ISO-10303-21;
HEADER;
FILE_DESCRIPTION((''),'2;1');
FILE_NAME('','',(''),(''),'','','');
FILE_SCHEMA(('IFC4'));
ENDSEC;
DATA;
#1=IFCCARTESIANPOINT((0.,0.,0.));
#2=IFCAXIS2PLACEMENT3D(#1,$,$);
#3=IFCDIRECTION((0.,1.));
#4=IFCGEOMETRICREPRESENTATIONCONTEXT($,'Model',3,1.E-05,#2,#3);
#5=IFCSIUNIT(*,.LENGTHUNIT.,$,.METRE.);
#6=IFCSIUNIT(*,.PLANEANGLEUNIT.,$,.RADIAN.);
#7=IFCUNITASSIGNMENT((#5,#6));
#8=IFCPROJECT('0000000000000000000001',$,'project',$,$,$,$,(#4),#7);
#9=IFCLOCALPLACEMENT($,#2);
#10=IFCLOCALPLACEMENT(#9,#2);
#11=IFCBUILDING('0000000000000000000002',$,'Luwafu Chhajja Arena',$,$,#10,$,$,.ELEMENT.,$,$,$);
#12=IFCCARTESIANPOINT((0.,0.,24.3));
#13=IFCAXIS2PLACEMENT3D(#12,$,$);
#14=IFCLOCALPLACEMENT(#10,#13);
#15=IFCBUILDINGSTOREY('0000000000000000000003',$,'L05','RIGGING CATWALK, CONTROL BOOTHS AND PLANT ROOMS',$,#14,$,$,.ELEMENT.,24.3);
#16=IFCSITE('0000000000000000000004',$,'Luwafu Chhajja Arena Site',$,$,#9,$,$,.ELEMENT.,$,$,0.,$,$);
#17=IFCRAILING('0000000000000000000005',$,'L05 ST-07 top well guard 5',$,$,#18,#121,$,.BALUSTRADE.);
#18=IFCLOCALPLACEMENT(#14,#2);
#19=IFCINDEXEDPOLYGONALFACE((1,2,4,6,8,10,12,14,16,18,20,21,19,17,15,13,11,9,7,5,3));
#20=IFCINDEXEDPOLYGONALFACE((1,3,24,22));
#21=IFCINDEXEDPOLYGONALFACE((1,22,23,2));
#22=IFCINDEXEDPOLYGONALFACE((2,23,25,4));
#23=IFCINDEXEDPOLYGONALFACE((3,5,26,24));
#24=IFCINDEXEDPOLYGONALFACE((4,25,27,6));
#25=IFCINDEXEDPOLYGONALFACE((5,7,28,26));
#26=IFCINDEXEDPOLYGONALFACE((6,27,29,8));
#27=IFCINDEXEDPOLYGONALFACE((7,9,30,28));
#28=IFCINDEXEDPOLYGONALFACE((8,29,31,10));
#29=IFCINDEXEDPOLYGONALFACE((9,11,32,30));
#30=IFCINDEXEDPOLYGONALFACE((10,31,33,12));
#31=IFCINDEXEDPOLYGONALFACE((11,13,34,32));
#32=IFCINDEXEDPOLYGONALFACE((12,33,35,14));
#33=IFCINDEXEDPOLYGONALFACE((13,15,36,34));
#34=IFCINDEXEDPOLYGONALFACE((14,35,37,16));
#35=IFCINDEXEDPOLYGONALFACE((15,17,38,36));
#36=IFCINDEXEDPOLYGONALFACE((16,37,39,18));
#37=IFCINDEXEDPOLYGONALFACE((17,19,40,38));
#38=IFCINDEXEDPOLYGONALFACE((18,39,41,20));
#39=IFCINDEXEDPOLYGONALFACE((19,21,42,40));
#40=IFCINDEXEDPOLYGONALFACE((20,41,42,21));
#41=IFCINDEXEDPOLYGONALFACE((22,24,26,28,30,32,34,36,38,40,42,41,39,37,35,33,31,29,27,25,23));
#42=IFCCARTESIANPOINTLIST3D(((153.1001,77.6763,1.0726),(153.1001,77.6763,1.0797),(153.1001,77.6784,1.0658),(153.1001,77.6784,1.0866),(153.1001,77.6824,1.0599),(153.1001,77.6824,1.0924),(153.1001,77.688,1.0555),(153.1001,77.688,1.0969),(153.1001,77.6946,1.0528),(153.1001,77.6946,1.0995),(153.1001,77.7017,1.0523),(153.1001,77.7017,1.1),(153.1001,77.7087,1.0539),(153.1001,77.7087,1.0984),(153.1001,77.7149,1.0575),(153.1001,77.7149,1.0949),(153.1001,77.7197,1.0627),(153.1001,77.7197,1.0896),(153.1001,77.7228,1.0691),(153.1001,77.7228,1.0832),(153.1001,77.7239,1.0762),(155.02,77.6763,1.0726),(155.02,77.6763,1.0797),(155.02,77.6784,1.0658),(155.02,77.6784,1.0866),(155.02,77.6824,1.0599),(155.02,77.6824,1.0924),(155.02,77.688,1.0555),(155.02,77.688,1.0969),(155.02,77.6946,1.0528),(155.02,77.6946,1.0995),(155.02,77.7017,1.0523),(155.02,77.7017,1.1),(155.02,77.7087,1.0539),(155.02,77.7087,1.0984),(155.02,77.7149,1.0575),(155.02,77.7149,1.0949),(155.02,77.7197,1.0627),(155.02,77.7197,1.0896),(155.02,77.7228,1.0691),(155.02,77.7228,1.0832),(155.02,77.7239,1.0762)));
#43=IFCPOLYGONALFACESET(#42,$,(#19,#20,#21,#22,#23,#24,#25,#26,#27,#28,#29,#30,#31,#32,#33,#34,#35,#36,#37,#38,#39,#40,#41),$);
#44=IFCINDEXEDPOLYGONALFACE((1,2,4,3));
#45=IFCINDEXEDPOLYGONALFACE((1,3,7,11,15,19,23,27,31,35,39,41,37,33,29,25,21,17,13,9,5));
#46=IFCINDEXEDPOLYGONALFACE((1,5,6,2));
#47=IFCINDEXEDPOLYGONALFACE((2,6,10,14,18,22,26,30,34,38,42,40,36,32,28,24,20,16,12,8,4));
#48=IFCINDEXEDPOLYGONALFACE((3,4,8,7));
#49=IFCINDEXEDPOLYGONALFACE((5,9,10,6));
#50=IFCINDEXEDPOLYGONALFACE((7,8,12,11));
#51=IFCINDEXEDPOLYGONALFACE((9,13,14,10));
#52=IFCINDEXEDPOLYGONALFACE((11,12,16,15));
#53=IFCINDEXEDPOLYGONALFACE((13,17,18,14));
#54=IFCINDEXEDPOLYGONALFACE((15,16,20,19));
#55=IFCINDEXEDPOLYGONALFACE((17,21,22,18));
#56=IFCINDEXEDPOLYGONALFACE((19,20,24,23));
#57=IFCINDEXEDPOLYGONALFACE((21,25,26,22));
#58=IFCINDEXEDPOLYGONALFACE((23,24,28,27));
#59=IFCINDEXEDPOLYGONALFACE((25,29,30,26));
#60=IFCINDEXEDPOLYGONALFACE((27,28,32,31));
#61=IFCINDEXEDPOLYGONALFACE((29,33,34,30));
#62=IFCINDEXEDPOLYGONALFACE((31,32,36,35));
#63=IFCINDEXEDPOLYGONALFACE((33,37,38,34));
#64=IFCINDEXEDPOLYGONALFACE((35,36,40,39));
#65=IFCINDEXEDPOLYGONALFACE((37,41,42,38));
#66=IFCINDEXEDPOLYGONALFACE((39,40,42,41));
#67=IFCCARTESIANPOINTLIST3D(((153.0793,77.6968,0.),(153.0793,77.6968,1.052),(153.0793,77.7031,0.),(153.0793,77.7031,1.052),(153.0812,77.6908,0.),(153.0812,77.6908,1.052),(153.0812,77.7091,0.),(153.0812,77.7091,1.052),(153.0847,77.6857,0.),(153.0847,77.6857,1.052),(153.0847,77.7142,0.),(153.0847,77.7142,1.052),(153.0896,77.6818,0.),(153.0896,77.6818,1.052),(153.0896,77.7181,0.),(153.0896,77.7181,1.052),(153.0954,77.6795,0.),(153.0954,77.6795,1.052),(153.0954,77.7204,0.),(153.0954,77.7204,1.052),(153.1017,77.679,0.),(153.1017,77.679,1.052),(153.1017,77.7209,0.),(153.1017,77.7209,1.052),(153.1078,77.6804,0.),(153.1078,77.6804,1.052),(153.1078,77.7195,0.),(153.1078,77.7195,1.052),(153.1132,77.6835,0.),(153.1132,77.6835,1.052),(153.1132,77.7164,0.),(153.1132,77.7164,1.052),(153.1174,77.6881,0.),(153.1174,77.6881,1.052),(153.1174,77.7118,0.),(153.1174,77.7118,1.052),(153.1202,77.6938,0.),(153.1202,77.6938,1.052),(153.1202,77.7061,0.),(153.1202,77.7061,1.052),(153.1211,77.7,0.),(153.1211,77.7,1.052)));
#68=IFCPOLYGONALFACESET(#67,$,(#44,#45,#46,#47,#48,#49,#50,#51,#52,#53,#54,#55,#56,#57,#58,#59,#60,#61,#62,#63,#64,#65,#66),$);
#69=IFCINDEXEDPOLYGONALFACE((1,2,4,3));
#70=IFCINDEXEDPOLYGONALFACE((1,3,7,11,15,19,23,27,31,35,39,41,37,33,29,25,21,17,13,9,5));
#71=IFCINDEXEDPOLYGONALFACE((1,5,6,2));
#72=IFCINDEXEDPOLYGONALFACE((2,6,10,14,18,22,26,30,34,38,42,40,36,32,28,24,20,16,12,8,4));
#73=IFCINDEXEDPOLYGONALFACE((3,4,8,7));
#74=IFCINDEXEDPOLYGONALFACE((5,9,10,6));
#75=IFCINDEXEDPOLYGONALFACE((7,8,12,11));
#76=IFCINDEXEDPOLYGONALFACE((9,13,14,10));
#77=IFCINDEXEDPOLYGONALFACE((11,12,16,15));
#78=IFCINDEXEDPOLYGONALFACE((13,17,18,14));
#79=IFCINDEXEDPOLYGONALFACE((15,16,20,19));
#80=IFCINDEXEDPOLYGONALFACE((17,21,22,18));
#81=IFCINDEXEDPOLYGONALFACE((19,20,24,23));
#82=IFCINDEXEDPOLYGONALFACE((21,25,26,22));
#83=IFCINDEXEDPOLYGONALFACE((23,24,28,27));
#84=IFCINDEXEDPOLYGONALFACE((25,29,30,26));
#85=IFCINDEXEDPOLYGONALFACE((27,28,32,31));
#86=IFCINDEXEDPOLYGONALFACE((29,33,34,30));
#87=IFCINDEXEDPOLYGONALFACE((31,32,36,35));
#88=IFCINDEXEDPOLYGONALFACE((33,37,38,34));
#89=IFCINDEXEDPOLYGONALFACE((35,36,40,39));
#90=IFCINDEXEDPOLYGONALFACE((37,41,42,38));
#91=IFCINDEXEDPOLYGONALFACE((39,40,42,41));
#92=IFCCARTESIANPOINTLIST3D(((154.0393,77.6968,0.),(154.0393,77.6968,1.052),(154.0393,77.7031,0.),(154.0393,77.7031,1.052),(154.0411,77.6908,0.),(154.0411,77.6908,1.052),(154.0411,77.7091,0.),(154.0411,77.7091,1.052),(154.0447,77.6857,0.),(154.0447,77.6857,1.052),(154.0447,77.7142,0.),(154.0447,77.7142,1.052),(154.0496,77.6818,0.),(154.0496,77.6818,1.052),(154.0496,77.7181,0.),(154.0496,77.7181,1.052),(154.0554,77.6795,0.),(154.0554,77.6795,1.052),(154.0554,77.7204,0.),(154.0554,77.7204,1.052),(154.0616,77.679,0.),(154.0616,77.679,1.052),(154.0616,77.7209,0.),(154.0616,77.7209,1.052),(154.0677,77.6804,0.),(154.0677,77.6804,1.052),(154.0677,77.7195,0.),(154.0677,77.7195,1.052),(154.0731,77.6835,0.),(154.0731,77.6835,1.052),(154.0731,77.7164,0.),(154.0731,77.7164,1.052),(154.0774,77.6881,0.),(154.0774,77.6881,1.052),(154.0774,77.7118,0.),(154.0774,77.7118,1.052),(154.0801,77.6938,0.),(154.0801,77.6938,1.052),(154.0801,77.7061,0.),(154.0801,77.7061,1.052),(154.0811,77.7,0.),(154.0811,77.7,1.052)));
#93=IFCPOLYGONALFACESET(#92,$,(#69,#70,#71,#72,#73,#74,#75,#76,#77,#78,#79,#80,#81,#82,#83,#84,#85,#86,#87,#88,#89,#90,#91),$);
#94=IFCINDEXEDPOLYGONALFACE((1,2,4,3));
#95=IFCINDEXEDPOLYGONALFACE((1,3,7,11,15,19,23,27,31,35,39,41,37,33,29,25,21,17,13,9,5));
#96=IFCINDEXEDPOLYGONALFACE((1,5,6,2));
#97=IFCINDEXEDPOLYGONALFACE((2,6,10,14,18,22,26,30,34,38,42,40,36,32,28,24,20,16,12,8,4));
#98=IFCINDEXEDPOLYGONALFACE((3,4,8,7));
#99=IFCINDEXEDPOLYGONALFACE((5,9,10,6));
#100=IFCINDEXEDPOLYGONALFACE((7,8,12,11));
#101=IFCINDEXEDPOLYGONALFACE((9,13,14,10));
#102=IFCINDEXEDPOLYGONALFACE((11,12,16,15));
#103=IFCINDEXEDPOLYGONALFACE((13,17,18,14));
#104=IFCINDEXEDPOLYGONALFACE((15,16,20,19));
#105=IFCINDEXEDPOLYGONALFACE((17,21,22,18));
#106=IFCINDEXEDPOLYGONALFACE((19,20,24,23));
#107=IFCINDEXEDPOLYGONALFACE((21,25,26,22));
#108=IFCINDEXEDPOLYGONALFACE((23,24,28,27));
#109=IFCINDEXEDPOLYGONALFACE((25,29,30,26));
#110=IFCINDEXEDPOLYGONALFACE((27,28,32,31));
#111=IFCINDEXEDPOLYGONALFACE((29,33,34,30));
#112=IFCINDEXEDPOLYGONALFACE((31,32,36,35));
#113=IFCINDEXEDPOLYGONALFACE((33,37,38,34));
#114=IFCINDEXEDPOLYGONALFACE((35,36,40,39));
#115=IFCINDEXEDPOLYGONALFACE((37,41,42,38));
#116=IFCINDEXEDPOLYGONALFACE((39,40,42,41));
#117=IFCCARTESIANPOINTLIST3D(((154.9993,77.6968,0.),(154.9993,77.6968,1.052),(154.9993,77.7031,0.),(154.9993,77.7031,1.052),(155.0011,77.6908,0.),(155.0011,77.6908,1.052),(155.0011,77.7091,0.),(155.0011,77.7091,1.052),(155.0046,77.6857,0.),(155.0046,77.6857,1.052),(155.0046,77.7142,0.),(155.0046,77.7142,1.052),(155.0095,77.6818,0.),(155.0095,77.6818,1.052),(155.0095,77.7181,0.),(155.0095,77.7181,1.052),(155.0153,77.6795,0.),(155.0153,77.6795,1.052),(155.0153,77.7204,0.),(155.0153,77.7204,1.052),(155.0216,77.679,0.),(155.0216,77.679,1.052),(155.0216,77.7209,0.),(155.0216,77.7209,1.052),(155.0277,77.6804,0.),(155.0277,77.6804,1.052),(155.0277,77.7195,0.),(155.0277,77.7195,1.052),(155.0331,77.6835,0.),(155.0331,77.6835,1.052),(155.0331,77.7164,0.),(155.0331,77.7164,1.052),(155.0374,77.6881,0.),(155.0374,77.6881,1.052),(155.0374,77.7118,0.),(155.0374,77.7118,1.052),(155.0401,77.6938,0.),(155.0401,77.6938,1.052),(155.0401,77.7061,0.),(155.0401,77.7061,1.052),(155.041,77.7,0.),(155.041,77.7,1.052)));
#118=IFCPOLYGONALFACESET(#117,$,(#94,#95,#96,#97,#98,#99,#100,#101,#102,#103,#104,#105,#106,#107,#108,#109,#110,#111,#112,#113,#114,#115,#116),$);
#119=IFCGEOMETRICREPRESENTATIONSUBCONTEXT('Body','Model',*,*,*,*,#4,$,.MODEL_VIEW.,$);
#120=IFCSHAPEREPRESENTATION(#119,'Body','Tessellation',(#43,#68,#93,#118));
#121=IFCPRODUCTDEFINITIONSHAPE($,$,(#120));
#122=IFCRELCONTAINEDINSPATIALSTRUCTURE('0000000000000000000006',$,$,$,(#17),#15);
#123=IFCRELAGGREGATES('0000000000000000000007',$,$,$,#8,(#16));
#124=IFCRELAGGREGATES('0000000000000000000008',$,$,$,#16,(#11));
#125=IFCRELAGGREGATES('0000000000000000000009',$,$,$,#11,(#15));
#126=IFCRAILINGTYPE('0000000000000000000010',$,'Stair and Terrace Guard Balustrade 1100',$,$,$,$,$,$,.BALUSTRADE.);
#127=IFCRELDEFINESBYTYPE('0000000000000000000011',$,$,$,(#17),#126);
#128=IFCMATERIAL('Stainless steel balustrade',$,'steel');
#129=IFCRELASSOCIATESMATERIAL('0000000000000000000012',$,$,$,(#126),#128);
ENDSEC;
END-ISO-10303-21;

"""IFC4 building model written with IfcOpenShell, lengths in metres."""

from ifc_helpers import new_model, si_unit, direction, frame, origin, origin_2d, place, context, subcontext, project, spatial, circle, extrude, material, type_object, element, save


model = new_model("IFC4")

# Units and contexts
model_context = context("Model", 3, precision=1e-05, world=origin(), true_north=direction((0.0, 1.0)))
body_context = subcontext(model_context, "Body", "Model", "MODEL_VIEW")
ifc_project = project(units=[si_unit("LENGTHUNIT", "METRE"), si_unit("PLANEANGLEUNIT", "RADIAN")], contexts=[model_context])

# Site, building, storey
site_placement = place(None, origin())
site = spatial("IfcSite", under=ifc_project, at=site_placement, Name="Luwafu Chhajja Arena Site", CompositionType="ELEMENT", RefElevation=0.0)
building_placement = place(site_placement, origin())
building = spatial("IfcBuilding", under=site, at=building_placement, Name="Luwafu Chhajja Arena", CompositionType="ELEMENT")
storey_placement = place(building_placement, frame((0.0, 0.0, 24.3)))
storey = spatial("IfcBuildingStorey", under=building, at=storey_placement, Name="L05", Description="RIGGING CATWALK, CONTROL BOOTHS AND PLANT ROOMS", CompositionType="ELEMENT", Elevation=24.3)

# Railing
ifc_material_1 = material(Name="Stainless steel balustrade", Category="steel")
railing_type_1 = type_object("IfcRailingType", Name="Stair and Terrace Guard Balustrade 1100", PredefinedType="BALUSTRADE", material=ifc_material_1)
railing_1_placement = place(storey_placement, frame((153.1001, 77.7, 0.0)))
element("IfcRailing", 1, at=railing_1_placement, inside=storey, type_object=railing_type_1, Name="L05 ST-07 top well guard 5", PredefinedType="BALUSTRADE", context=body_context, shape_type="SweptSolid", body=[
    extrude(circle(Radius=0.0239, at=origin_2d()), frame((0.0, 0.0, 1.0762), z_axis=(1.0, 0.0, 0.0), x_axis=(0.0, 1.0, 0.0)), (0.0, 0.0, 1.0), 1.9199),
    extrude(circle(Radius=0.021, at=origin_2d()), origin(), (0.0, 0.0, 1.0), 1.052),
    extrude(circle(Radius=0.021, at=origin_2d()), frame((0.96, 0.0, 0.0)), (0.0, 0.0, 1.0), 1.052),
    extrude(circle(Radius=0.021, at=origin_2d()), frame((1.9199, 0.0, 0.0)), (0.0, 0.0, 1.0), 1.052),
])

save(model, "model.ifc")
